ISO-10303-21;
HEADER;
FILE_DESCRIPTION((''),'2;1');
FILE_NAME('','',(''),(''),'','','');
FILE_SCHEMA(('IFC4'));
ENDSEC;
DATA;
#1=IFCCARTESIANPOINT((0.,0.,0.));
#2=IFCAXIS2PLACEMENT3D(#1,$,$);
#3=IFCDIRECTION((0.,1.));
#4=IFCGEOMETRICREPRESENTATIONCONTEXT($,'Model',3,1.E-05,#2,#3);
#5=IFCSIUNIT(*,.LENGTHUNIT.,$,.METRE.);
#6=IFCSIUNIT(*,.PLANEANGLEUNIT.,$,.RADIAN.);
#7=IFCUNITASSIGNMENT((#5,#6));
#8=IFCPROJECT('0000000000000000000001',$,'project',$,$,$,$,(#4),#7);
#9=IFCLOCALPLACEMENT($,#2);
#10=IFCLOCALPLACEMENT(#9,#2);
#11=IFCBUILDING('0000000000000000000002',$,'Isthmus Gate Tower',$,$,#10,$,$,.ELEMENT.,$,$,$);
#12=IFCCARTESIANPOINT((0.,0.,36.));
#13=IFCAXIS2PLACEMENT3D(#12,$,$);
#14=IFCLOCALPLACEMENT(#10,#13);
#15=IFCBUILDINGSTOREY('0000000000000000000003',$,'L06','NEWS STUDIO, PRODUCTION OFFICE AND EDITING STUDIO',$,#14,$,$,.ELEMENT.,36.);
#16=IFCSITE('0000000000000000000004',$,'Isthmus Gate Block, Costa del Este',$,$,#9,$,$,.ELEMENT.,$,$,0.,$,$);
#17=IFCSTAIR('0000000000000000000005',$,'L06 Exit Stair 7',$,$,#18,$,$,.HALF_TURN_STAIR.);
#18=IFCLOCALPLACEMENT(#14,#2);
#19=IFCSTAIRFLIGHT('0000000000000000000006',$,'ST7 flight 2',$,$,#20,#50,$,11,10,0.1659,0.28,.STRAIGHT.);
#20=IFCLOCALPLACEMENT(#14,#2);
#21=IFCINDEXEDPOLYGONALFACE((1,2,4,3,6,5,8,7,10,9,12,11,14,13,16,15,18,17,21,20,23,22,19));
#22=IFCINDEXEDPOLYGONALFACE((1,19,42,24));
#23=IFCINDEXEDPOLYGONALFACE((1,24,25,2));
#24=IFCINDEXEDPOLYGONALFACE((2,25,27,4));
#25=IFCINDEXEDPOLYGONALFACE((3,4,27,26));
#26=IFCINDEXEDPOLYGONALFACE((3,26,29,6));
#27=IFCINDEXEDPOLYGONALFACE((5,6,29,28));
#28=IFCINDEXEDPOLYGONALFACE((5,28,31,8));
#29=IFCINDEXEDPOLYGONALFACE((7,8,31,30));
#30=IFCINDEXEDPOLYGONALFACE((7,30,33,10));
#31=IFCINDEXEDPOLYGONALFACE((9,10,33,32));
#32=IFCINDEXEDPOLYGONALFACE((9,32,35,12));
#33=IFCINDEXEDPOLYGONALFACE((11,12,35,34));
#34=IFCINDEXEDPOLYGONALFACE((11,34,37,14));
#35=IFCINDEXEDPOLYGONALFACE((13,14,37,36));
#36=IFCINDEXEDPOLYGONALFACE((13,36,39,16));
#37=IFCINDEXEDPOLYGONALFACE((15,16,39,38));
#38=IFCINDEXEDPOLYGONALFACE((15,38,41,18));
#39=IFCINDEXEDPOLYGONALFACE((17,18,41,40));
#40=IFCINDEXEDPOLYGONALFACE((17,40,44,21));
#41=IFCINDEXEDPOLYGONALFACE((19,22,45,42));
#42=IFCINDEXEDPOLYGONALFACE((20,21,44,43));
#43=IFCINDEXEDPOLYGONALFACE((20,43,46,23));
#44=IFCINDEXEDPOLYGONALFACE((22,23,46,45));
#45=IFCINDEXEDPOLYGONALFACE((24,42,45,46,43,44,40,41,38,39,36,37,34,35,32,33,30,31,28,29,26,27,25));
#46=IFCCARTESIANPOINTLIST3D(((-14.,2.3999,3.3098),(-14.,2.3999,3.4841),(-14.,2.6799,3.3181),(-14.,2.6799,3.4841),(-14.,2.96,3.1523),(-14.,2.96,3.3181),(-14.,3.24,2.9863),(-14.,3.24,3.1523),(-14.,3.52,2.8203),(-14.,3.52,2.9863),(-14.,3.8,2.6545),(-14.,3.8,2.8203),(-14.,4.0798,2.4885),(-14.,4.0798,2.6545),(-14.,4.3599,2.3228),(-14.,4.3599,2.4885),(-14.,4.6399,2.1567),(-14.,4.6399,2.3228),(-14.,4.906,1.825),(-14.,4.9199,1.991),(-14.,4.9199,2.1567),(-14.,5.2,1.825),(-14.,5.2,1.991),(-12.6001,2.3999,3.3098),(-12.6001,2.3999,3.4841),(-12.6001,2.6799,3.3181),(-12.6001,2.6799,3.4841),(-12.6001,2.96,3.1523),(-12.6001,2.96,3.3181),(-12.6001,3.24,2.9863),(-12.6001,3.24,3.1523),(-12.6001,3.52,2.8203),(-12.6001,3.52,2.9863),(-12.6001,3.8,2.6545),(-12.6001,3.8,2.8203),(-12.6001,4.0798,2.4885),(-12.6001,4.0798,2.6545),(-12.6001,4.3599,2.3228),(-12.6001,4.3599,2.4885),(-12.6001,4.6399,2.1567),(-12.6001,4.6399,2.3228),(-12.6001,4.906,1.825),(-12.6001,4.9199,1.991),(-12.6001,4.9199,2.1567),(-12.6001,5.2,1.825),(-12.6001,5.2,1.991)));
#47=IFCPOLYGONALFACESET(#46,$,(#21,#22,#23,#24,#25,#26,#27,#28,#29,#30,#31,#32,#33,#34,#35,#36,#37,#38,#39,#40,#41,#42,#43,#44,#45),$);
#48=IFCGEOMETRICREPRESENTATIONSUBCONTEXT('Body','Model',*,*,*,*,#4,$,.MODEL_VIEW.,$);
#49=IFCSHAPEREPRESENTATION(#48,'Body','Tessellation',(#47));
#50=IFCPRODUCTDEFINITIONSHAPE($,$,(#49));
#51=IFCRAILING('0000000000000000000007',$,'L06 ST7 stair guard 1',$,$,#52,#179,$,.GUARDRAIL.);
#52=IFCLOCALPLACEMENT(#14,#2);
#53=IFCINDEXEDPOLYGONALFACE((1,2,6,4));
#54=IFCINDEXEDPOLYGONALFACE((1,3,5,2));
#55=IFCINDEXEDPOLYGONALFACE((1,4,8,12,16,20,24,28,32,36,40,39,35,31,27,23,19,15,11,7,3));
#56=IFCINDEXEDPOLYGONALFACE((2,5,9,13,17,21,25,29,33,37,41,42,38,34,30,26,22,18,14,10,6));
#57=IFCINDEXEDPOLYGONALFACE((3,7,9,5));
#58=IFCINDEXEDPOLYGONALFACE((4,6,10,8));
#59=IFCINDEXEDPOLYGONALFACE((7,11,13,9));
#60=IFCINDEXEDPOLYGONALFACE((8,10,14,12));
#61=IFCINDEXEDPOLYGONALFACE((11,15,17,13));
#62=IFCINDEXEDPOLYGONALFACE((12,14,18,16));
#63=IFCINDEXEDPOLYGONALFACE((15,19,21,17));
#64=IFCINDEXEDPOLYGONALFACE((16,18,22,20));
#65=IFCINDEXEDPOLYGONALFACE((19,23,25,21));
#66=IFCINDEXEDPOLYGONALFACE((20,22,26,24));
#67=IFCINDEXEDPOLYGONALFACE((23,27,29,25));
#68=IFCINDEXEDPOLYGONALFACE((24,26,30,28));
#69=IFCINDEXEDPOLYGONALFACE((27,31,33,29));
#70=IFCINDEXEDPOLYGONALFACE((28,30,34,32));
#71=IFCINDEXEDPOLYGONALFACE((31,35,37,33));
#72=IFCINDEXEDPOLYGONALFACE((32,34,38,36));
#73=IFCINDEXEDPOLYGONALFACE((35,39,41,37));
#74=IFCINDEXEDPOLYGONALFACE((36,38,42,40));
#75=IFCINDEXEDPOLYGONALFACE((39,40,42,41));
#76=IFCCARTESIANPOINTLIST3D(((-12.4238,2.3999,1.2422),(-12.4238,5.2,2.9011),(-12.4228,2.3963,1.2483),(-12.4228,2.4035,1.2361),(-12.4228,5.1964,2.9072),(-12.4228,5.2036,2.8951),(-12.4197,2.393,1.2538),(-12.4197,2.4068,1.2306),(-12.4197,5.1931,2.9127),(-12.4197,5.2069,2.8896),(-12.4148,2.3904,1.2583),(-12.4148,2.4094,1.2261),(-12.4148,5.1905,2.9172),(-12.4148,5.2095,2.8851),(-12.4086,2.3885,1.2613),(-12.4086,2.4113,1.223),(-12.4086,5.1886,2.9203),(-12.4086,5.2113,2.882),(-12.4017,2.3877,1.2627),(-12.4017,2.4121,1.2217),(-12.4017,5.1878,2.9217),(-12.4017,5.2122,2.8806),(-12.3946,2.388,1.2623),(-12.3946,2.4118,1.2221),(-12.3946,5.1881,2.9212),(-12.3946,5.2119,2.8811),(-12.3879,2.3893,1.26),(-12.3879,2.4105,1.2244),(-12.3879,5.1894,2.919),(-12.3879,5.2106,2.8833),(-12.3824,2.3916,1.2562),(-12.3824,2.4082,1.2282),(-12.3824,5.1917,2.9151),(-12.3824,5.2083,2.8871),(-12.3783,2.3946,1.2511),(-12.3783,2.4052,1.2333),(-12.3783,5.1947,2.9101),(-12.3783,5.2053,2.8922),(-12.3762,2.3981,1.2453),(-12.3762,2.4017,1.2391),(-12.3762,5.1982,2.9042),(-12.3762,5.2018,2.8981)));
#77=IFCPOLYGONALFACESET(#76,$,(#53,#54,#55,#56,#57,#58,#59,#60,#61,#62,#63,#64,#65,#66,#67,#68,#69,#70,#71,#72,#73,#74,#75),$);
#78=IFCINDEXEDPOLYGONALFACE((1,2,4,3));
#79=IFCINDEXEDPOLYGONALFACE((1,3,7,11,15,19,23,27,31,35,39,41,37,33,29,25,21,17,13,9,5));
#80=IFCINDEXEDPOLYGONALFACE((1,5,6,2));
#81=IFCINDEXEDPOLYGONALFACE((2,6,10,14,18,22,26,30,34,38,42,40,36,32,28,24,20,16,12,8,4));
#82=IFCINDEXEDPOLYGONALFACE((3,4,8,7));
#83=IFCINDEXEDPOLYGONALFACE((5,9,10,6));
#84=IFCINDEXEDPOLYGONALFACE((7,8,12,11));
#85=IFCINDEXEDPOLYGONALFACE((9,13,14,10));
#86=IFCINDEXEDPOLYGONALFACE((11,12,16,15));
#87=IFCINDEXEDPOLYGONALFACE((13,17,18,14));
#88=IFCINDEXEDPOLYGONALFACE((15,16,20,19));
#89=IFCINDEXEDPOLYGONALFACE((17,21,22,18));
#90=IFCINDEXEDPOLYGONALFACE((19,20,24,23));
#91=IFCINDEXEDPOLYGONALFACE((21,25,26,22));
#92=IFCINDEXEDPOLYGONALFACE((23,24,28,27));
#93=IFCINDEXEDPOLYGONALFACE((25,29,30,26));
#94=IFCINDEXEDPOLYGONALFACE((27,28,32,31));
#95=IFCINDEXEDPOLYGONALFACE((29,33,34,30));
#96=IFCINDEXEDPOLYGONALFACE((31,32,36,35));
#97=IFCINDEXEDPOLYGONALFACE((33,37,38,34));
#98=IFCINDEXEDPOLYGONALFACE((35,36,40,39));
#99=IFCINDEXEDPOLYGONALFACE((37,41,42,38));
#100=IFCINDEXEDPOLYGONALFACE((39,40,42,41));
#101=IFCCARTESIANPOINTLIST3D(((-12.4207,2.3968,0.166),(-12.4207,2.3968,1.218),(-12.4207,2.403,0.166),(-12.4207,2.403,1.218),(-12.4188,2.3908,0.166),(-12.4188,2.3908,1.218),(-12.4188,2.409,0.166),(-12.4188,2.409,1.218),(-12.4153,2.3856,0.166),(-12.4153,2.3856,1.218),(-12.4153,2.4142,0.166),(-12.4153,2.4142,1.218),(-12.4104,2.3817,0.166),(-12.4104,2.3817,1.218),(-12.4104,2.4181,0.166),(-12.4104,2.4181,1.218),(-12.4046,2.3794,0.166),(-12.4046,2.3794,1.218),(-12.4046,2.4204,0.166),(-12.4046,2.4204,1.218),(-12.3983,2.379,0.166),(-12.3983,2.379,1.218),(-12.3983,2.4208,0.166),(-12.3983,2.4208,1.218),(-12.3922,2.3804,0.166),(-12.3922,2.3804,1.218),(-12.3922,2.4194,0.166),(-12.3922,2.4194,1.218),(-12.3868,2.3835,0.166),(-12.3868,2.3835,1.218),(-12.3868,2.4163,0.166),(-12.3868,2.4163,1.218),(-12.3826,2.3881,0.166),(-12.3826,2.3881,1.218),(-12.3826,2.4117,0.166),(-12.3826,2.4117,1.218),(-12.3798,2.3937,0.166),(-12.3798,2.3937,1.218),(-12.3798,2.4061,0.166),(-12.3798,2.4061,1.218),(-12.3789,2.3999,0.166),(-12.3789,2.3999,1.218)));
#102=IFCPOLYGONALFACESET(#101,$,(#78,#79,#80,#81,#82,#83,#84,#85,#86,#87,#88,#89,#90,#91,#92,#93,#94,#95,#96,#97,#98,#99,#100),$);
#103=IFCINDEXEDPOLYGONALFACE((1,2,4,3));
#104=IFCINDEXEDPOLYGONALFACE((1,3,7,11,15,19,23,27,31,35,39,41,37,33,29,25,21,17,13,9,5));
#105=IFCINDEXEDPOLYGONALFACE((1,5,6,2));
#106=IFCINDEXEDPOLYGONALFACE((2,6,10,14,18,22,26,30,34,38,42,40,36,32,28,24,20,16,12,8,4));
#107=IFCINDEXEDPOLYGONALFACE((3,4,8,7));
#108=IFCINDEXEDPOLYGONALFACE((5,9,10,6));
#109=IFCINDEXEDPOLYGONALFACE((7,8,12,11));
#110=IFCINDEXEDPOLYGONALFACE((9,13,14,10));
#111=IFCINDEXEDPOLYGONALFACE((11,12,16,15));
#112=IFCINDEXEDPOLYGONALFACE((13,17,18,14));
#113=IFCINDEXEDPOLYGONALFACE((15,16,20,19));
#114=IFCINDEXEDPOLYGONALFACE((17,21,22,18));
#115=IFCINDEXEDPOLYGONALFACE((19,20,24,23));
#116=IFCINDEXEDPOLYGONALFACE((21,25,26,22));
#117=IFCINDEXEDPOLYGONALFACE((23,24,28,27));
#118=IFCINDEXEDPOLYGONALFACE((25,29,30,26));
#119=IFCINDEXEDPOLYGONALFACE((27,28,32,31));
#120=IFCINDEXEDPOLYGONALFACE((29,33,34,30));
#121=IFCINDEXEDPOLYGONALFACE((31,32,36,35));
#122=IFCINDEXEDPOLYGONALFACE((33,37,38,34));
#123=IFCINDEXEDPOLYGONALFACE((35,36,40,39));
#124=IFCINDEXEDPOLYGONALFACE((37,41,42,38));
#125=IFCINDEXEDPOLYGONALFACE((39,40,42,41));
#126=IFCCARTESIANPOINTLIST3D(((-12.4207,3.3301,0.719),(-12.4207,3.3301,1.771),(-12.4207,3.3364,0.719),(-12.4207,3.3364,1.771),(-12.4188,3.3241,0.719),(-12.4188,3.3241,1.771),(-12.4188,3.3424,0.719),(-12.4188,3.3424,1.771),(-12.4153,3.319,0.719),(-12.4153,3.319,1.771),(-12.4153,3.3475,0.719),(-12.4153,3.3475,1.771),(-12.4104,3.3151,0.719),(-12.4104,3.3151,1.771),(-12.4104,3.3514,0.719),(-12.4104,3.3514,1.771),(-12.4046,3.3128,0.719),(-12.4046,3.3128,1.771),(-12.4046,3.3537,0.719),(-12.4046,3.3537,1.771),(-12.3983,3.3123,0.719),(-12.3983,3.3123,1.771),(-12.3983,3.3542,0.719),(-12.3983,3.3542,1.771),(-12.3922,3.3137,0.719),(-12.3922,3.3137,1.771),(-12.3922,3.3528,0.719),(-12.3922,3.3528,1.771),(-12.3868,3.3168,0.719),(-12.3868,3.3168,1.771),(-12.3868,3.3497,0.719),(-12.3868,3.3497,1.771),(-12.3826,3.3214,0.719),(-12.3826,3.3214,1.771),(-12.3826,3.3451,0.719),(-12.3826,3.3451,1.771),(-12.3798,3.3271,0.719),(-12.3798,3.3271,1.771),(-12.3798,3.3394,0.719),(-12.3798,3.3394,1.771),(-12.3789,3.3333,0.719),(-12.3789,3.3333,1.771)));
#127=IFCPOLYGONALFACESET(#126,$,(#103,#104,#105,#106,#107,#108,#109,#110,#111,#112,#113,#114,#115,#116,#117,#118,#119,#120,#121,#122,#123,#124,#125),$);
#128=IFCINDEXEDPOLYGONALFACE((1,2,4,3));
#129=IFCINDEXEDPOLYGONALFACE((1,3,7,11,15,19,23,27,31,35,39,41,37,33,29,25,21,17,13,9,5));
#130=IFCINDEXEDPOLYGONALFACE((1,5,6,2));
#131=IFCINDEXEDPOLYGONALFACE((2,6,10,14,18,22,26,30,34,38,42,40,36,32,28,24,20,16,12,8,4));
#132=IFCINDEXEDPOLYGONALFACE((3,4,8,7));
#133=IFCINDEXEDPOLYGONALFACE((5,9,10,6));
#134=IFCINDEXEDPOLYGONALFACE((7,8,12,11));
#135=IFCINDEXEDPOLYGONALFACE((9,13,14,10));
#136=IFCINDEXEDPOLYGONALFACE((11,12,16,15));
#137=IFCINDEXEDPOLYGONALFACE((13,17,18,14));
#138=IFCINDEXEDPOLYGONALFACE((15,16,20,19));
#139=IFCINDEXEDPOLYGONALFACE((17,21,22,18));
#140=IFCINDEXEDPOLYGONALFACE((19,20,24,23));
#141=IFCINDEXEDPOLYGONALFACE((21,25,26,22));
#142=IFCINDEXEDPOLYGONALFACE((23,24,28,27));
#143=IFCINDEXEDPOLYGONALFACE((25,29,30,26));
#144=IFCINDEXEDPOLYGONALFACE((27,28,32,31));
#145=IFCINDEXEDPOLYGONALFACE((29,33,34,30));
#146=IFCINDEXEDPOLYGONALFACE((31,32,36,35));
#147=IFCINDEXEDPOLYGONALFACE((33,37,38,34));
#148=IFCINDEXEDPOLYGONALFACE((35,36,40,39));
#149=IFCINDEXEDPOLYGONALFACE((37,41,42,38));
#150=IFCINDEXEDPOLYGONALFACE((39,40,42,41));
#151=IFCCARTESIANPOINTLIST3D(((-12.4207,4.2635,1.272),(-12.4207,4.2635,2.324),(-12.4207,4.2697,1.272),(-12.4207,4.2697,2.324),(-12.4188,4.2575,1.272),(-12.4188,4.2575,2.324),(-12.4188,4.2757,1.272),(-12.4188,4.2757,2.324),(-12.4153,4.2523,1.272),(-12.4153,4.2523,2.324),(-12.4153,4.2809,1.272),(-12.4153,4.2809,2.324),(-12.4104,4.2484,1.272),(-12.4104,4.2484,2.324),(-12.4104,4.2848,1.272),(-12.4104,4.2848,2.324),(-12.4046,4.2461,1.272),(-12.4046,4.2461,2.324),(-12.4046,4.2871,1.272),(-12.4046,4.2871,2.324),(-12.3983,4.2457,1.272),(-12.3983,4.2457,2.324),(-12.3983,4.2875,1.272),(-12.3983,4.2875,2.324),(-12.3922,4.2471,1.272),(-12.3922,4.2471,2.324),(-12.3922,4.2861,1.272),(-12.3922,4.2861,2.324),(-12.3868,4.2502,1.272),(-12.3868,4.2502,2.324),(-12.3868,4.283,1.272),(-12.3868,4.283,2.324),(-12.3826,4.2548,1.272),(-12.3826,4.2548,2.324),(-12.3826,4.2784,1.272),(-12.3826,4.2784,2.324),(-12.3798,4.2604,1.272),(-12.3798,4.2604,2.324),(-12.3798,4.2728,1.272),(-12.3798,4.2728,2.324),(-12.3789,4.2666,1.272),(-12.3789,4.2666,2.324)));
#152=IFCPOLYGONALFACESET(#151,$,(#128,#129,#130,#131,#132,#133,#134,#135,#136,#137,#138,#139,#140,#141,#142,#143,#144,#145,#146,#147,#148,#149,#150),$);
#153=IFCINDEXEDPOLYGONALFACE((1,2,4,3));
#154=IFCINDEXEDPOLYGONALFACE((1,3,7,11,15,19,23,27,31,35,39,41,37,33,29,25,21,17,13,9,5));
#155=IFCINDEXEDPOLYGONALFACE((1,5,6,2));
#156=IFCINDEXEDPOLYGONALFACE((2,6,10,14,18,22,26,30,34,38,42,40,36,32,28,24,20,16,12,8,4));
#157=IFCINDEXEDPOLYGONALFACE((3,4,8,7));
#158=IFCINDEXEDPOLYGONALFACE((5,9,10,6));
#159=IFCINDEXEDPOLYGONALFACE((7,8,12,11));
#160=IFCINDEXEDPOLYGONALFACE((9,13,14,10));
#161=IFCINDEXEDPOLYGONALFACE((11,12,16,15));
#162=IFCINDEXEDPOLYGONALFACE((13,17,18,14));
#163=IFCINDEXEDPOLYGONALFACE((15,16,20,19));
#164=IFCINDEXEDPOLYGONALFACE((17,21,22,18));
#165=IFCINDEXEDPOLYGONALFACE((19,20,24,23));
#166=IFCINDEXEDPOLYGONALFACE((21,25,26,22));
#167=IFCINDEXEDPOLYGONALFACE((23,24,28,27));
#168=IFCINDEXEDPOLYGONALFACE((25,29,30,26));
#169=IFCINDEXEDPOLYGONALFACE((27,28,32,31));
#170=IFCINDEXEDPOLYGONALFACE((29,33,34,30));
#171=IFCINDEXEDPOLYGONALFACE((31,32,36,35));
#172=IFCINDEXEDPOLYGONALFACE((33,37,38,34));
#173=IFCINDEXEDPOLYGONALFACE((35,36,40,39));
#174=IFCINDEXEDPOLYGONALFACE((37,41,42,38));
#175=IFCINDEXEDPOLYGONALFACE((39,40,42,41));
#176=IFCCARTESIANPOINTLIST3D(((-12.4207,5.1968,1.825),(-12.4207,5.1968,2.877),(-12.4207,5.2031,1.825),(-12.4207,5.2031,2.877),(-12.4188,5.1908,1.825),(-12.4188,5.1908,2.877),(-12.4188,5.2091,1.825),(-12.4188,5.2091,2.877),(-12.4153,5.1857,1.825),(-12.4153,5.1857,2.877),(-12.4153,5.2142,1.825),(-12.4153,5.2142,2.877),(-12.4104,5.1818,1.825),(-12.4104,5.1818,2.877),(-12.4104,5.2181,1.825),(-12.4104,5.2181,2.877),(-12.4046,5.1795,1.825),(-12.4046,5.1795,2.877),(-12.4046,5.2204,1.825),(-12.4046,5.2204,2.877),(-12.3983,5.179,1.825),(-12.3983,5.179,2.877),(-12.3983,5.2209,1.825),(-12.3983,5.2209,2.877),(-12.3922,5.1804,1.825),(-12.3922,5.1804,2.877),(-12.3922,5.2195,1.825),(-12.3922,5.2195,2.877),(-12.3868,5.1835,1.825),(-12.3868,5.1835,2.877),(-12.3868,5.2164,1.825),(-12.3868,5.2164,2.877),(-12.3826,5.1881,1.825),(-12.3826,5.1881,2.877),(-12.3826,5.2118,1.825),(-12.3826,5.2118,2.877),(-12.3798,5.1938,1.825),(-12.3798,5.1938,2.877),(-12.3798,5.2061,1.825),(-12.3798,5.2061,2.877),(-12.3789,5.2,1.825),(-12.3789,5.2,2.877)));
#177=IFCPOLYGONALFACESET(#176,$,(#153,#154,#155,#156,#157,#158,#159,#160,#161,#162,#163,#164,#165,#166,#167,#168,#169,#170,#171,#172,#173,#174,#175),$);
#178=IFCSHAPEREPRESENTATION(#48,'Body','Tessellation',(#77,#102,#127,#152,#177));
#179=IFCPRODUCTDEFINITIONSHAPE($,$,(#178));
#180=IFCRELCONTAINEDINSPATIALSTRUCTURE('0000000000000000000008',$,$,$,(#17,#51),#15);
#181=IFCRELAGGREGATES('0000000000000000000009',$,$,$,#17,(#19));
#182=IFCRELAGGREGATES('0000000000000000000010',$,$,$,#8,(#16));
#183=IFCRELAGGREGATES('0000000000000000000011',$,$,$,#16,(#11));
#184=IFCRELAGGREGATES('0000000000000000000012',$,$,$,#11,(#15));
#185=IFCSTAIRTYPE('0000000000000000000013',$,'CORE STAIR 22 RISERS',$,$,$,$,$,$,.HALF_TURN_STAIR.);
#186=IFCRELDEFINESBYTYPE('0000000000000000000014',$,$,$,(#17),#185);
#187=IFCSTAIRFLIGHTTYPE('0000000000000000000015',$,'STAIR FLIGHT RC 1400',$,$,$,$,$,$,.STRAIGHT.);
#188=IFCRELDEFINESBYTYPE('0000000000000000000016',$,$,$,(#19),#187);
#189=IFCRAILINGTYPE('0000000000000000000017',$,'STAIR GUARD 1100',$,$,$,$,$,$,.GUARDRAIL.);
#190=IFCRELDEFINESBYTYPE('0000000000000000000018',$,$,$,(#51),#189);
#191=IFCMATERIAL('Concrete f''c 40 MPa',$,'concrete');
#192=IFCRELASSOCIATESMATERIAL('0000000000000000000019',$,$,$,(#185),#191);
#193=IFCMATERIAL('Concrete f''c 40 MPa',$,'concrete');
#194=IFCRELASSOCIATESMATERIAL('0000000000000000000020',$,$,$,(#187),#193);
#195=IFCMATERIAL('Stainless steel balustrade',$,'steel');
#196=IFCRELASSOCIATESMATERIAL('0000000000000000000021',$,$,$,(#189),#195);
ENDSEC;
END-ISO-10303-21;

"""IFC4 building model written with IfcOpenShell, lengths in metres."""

from ifc_helpers import new_model, si_unit, direction, frame, origin, origin_2d, place, context, subcontext, project, spatial, polyline, circle, outline, extrude, material, type_object, element, aggregate, save


model = new_model("IFC4")

# Units and contexts
model_context = context("Model", 3, precision=1e-05, world=origin(), true_north=direction((0.0, 1.0)))
body_context = subcontext(model_context, "Body", "Model", "MODEL_VIEW")
ifc_project = project(units=[si_unit("LENGTHUNIT", "METRE"), si_unit("PLANEANGLEUNIT", "RADIAN")], contexts=[model_context])

# Site, building, storey
site_placement = place(None, origin())
site = spatial("IfcSite", under=ifc_project, at=site_placement, Name="Isthmus Gate Block, Costa del Este", CompositionType="ELEMENT", RefElevation=0.0)
building_placement = place(site_placement, origin())
building = spatial("IfcBuilding", under=site, at=building_placement, Name="Isthmus Gate Tower", CompositionType="ELEMENT")
storey_placement = place(building_placement, frame((0.0, 0.0, 36.0)))
storey = spatial("IfcBuildingStorey", under=building, at=storey_placement, Name="L06", Description="NEWS STUDIO, PRODUCTION OFFICE AND EDITING STUDIO", CompositionType="ELEMENT", Elevation=36.0)

# Stair, stair flight
ifc_material_1 = material(Name="Concrete f'c 40 MPa", Category="concrete")
stair_type = type_object("IfcStairType", Name="CORE STAIR 22 RISERS", PredefinedType="HALF_TURN_STAIR", material=ifc_material_1)
stair_placement = place(storey_placement, origin())
stair = element("IfcStair", 1, at=stair_placement, inside=storey, type_object=stair_type, Name="L06 Exit Stair 7", PredefinedType="HALF_TURN_STAIR")
ifc_material_2 = material(Name="Concrete f'c 40 MPa", Category="concrete")
stair_flight_type = type_object("IfcStairFlightType", Name="STAIR FLIGHT RC 1400", PredefinedType="STRAIGHT", material=ifc_material_2)
stair_flight_1_placement = place(storey_placement, frame((-13.3, 5.2, 1.825), z_axis=(0.0, 0.0, 1.0), x_axis=(0.0, -1.0, 0.0)))
stair_flight_1 = element("IfcStairFlight", 2, at=stair_flight_1_placement, type_object=stair_flight_type, Name="ST7 flight 2", NumberOfRisers=11, NumberOfTreads=10, PredefinedType="STRAIGHT", RiserHeight=0.1659, TreadLength=0.28, context=body_context, shape_type="SweptSolid", body=[
    extrude(outline(polyline([(0.0, 0.0), (0.0, 0.166), (0.28, 0.166), (0.28, 0.3318), (0.5601, 0.3318), (0.5601, 0.4978), (0.8401, 0.4978), (0.8401, 0.6636), (1.1201, 0.6636), (1.1201, 0.8296), (1.3999, 0.8296), (1.3999, 0.9954), (1.6799, 0.9954), (1.6799, 1.1614), (1.96, 1.1614), (1.96, 1.3274), (2.24, 1.3274), (2.24, 1.4932), (2.52, 1.4932), (2.52, 1.6592), (2.8, 1.6592), (2.8, 1.825), (2.8, 1.4849), (0.2939, 0.0), (0.0, 0.0)])), frame((0.0, 0.7, 0.0), z_axis=(0.0, -1.0, 0.0), x_axis=(1.0, 0.0, 0.0)), (0.0, 0.0, 1.0), 1.3999),
])
aggregate(stair, [stair_flight_1])

# Railing
ifc_material_3 = material(Name="Stainless steel balustrade", Category="steel")
railing_type_1 = type_object("IfcRailingType", Name="STAIR GUARD 1100", PredefinedType="GUARDRAIL", material=ifc_material_3)
railing_1_placement = place(storey_placement, frame((-12.3999, 2.3999, 0.166)))
element("IfcRailing", 3, at=railing_1_placement, inside=storey, type_object=railing_type_1, Name="L06 ST7 stair guard 1", PredefinedType="GUARDRAIL", context=body_context, shape_type="SweptSolid", body=[
    extrude(circle(Radius=0.0239, at=origin_2d()), frame((0.0, 0.0, 1.0762), z_axis=(0.0, 0.860339, 0.509722), x_axis=(-1.0, 0.0, 0.0)), (0.0, 0.0, 1.0), 3.2546),
    extrude(circle(Radius=0.021, at=origin_2d()), origin(), (0.0, 0.0, 1.0), 1.052),
    extrude(circle(Radius=0.021, at=origin_2d()), frame((0.0, 0.9333, 0.553)), (0.0, 0.0, 1.0), 1.052),
    extrude(circle(Radius=0.021, at=origin_2d()), frame((0.0, 1.8667, 1.106)), (0.0, 0.0, 1.0), 1.052),
    extrude(circle(Radius=0.021, at=origin_2d()), frame((0.0, 2.8, 1.6589)), (0.0, 0.0, 1.0), 1.052),
])

save(model, "model.ifc")
